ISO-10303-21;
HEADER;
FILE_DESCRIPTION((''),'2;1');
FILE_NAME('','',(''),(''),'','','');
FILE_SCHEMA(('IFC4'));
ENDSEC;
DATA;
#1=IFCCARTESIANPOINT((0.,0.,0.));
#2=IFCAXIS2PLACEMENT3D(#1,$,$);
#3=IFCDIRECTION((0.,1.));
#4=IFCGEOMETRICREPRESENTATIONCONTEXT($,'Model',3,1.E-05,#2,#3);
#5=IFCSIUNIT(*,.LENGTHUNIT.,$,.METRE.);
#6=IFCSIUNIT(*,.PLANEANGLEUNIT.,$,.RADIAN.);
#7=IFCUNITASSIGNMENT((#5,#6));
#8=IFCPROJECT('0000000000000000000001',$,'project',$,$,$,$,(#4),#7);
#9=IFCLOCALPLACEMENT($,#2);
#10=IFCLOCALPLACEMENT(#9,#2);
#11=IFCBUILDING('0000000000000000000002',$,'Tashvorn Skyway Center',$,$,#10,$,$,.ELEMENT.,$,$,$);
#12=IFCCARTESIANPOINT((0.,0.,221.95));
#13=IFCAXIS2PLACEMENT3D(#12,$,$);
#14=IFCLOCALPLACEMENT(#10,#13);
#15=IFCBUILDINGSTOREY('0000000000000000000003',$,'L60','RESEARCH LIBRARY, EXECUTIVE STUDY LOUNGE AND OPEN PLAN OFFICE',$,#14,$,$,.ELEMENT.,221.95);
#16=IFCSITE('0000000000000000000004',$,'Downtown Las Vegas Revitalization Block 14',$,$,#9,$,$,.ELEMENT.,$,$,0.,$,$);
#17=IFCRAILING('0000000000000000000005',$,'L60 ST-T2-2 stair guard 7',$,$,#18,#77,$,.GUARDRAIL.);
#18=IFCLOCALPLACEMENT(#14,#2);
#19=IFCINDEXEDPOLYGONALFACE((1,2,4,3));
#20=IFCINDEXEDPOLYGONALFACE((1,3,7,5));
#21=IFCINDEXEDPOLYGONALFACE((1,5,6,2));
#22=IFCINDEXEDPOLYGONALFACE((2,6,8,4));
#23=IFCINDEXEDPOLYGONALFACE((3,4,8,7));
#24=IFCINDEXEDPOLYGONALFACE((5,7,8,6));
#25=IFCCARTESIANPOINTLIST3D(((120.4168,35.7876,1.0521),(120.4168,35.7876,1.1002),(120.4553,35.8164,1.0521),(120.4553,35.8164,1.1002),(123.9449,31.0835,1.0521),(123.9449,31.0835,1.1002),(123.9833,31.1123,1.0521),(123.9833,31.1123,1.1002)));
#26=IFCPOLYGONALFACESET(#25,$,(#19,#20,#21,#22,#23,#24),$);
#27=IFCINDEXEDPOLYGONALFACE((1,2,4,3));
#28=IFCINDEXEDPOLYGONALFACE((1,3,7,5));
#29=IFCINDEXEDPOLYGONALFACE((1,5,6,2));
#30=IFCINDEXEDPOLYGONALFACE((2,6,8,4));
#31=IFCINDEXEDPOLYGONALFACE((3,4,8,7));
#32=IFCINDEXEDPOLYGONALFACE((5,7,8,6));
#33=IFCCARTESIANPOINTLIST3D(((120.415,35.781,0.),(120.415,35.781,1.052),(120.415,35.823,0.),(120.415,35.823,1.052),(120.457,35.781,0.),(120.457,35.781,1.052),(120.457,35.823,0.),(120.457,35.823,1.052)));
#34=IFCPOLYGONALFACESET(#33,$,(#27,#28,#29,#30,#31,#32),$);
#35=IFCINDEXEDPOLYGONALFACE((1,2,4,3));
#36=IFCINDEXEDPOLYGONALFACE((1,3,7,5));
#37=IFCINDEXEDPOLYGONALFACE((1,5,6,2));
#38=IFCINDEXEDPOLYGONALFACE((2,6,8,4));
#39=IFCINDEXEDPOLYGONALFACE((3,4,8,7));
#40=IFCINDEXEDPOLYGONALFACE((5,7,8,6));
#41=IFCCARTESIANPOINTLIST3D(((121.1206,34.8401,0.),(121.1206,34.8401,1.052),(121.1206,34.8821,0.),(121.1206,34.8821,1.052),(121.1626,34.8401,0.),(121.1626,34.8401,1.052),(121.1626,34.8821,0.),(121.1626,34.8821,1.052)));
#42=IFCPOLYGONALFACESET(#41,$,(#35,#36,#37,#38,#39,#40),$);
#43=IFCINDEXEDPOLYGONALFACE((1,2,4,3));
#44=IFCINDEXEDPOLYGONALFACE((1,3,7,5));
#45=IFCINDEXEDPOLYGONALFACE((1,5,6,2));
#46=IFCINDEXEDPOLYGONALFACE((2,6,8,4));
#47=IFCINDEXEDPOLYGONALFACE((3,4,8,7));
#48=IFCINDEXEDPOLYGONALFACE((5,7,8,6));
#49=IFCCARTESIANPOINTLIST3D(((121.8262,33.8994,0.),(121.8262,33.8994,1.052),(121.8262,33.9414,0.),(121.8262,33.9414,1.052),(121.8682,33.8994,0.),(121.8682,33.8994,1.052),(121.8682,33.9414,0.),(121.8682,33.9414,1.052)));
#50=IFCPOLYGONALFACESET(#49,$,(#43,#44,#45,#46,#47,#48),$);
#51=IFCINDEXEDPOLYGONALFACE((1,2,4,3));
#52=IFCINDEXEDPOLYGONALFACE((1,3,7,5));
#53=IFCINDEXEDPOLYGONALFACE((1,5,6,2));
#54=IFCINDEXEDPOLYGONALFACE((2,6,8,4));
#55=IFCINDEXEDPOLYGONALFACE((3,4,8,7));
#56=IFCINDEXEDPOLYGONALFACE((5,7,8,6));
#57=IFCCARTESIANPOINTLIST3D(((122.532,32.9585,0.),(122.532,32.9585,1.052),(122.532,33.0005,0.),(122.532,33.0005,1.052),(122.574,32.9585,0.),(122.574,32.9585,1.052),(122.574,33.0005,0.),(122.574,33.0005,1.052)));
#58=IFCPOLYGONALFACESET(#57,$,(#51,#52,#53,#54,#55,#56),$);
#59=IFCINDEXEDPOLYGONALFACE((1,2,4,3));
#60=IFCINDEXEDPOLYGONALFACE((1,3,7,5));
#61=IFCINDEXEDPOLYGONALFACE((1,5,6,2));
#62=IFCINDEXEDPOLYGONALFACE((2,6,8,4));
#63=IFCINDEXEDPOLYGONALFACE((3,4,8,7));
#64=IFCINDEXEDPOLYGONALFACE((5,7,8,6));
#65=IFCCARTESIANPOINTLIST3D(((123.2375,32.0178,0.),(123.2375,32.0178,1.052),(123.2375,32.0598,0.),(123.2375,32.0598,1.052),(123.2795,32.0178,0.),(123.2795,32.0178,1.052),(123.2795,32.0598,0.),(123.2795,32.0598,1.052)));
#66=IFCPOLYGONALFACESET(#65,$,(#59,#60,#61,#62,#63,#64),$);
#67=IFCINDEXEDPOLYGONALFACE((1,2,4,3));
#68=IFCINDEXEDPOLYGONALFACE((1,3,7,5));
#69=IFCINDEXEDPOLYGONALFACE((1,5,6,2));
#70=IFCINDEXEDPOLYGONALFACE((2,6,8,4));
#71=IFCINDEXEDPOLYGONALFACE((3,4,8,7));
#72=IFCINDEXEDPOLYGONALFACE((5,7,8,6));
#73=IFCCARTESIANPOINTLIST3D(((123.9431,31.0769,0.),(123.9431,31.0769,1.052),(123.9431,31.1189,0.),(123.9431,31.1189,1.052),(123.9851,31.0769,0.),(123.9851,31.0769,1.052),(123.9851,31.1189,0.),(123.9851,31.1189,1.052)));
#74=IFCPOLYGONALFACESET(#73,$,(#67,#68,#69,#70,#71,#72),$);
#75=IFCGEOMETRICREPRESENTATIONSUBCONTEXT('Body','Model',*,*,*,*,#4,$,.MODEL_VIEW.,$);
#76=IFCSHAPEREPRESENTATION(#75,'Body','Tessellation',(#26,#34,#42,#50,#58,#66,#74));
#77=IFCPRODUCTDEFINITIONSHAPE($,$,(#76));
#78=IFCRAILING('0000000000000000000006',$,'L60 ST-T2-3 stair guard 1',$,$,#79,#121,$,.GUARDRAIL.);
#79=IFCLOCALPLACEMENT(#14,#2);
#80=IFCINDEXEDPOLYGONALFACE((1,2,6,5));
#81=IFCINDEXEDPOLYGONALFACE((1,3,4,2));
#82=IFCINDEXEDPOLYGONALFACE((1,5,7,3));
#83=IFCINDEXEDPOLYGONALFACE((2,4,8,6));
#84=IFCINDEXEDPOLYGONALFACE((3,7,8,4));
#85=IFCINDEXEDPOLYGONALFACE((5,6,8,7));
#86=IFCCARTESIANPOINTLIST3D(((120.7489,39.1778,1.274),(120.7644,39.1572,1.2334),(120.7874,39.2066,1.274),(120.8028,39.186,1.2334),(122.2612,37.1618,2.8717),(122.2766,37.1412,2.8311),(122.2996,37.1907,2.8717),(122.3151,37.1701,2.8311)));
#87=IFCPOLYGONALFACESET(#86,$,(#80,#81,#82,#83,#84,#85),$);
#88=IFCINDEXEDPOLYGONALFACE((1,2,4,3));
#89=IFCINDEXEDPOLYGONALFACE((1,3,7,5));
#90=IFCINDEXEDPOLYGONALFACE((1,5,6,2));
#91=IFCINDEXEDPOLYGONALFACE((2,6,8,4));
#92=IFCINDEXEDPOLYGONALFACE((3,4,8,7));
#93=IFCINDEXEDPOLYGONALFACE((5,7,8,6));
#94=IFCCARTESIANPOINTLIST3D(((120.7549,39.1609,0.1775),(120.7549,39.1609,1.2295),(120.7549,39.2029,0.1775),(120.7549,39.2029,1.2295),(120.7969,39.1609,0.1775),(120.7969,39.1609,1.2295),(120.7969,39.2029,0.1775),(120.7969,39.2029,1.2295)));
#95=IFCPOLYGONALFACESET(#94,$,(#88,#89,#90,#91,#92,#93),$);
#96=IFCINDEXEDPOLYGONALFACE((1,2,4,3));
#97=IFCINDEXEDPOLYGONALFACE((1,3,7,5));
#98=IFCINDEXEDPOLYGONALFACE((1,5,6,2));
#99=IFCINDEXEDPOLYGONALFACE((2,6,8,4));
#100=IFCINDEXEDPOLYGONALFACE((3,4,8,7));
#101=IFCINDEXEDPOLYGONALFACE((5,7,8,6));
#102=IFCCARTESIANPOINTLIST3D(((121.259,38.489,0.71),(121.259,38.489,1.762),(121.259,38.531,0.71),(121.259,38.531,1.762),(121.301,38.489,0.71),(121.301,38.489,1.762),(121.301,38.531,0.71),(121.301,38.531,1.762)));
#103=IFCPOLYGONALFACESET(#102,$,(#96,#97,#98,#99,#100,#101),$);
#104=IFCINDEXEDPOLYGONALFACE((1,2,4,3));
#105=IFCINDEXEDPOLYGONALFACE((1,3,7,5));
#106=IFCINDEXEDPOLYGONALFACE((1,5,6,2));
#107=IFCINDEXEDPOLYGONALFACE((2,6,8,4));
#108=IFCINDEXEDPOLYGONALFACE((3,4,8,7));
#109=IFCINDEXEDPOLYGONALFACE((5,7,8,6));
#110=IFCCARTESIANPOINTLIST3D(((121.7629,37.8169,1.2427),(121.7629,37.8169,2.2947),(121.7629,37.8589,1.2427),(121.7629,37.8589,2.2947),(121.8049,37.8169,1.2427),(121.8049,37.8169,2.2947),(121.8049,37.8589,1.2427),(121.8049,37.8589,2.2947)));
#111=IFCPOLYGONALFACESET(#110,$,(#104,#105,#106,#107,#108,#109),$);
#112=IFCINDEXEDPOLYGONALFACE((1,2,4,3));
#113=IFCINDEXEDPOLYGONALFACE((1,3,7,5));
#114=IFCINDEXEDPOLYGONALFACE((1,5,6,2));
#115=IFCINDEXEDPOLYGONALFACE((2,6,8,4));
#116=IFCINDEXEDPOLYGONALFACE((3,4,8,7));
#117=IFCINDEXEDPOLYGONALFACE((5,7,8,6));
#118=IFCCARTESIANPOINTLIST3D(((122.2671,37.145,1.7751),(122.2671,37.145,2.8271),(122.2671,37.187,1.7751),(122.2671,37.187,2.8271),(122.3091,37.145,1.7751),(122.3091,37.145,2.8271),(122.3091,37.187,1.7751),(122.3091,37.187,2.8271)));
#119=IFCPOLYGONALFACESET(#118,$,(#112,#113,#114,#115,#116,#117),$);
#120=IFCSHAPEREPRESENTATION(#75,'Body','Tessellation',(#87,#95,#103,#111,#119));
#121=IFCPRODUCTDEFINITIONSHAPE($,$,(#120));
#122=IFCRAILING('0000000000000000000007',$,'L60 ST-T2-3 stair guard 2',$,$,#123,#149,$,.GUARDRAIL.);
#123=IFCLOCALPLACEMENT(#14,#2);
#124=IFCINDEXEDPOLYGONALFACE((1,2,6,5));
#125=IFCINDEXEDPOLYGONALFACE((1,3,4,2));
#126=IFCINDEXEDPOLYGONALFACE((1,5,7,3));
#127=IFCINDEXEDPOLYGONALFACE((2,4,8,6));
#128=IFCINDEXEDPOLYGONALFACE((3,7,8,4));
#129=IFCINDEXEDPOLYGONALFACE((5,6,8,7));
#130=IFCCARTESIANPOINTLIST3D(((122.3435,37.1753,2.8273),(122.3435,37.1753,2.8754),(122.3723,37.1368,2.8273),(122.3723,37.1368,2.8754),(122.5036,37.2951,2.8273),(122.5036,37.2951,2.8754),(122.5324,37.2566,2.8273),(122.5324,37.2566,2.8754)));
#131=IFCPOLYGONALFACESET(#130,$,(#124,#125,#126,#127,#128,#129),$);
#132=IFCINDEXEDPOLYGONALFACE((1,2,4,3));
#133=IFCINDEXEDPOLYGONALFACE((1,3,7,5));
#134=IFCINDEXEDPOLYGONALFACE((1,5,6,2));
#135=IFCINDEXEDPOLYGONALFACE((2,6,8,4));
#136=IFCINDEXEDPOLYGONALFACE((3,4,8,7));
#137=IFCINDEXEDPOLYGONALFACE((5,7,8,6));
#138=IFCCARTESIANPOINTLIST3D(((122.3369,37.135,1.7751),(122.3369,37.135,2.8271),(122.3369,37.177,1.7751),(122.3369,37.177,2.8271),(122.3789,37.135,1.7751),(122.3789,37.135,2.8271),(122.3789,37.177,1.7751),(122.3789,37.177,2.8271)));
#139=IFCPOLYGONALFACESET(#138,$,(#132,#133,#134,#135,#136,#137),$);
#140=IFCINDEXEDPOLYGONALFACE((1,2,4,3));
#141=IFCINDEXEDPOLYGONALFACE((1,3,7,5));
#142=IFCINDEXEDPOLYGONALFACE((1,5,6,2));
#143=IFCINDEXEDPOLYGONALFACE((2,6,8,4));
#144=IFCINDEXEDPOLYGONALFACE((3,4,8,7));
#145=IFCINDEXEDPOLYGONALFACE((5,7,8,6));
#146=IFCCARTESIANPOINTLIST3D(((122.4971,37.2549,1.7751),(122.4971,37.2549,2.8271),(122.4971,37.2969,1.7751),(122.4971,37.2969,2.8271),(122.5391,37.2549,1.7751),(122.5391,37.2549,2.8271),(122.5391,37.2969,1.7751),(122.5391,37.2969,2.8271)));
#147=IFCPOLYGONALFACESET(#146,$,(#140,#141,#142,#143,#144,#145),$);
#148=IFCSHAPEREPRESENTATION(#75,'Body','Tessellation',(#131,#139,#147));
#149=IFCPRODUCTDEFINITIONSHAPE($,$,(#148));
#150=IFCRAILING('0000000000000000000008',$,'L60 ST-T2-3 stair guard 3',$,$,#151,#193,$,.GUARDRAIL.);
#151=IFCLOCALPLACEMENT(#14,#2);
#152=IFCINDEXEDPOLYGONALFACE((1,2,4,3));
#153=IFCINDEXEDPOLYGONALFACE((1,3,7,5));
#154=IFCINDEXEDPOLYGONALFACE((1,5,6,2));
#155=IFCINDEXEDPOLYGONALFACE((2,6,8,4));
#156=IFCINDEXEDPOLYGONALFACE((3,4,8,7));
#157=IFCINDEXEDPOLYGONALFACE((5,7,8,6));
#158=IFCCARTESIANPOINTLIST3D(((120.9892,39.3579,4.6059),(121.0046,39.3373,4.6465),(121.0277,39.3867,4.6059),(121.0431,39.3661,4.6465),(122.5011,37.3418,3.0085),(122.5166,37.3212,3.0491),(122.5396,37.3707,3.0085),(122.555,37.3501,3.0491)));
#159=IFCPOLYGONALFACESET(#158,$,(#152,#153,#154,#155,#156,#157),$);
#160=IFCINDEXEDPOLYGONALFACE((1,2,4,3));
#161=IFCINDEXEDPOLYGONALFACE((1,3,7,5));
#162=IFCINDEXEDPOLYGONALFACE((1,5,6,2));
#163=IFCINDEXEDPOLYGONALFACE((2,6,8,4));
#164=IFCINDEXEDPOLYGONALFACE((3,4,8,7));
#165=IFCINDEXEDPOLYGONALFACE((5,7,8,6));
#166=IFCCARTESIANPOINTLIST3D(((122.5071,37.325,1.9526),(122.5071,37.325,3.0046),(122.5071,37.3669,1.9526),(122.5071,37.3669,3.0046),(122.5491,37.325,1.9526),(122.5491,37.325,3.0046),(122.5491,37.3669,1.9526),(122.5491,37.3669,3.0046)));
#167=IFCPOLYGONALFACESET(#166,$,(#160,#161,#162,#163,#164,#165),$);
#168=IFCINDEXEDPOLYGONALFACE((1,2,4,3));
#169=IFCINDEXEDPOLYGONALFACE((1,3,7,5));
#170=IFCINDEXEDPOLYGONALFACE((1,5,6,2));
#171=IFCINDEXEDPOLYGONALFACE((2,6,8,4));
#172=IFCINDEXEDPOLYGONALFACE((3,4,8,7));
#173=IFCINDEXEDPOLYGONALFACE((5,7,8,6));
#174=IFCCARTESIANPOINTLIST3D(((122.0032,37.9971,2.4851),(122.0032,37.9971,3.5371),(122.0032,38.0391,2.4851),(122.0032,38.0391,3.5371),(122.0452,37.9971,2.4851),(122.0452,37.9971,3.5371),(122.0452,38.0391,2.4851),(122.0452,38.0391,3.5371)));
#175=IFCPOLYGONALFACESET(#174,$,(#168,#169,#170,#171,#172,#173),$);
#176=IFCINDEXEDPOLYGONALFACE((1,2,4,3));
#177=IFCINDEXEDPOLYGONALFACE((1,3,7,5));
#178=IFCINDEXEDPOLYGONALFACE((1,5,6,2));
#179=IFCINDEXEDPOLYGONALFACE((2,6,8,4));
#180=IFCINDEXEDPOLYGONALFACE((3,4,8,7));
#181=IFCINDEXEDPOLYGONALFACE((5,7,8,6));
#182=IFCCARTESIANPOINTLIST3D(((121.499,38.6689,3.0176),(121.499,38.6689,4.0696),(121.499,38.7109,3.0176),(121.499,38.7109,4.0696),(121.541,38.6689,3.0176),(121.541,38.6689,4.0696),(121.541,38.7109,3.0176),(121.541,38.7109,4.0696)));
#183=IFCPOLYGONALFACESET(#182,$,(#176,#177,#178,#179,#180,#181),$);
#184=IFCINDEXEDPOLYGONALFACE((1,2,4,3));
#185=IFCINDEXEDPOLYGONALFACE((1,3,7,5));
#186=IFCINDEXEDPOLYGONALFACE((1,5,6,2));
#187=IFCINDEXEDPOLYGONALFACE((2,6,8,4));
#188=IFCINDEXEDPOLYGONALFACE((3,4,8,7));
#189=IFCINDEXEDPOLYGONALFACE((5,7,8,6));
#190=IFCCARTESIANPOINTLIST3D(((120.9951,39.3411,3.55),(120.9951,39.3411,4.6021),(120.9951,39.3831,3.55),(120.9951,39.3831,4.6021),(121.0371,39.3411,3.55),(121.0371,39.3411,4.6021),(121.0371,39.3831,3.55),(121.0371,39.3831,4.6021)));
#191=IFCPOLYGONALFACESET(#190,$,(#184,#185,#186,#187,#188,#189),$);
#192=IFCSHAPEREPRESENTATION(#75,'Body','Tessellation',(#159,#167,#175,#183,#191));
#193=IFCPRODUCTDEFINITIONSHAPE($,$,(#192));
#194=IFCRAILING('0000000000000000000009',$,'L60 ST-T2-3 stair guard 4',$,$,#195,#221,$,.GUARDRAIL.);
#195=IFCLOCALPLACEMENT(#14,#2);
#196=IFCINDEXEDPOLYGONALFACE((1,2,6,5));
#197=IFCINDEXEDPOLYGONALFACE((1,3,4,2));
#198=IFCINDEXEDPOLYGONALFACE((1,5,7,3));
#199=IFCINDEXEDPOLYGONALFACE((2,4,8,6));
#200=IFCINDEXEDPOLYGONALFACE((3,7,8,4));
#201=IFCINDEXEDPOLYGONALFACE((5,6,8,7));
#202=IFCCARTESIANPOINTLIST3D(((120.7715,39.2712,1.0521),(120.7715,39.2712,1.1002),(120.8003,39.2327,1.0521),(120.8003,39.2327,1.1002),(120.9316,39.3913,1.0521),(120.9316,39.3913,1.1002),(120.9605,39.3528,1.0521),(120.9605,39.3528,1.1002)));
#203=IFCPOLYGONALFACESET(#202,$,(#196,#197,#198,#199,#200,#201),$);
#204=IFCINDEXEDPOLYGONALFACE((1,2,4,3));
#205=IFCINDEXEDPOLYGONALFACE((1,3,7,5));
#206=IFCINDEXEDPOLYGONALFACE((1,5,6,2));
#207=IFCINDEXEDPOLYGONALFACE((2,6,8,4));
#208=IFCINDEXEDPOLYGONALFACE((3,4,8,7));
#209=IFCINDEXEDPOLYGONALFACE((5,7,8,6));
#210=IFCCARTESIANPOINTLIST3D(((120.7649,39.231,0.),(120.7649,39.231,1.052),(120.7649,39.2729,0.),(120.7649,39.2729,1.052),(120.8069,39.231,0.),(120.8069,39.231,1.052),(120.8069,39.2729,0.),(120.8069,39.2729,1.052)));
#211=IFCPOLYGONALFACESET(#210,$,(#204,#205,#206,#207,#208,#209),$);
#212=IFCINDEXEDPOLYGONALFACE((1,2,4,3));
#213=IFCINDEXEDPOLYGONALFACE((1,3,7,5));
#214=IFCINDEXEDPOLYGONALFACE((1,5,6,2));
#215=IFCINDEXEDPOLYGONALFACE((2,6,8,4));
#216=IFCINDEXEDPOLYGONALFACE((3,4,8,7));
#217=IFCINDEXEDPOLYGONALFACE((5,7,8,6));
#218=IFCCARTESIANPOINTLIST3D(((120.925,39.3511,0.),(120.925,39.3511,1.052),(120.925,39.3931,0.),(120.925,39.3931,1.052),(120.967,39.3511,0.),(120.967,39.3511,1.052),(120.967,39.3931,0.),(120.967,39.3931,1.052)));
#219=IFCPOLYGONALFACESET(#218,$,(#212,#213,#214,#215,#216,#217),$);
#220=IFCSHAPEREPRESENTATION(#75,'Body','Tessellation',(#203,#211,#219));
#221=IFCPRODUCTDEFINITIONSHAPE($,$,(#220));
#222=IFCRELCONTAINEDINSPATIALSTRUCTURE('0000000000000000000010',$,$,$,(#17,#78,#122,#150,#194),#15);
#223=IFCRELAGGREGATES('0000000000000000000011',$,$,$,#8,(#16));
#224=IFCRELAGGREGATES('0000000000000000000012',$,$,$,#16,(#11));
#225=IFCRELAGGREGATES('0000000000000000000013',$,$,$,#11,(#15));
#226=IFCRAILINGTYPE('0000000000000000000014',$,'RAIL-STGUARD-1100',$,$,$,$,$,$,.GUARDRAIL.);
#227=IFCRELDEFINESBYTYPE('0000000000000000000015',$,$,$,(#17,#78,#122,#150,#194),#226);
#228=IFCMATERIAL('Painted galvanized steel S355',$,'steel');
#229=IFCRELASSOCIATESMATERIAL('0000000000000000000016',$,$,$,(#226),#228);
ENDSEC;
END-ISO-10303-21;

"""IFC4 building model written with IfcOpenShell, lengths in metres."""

from ifc_helpers import new_model, si_unit, direction, frame, origin, origin_2d, place, context, subcontext, project, spatial, rectangle, extrude, material, type_object, element, save


model = new_model("IFC4")

# Units and contexts
model_context = context("Model", 3, precision=1e-05, world=origin(), true_north=direction((0.0, 1.0)))
body_context = subcontext(model_context, "Body", "Model", "MODEL_VIEW")
ifc_project = project(units=[si_unit("LENGTHUNIT", "METRE"), si_unit("PLANEANGLEUNIT", "RADIAN")], contexts=[model_context])

# Site, building, storey
site_placement = place(None, origin())
site = spatial("IfcSite", under=ifc_project, at=site_placement, Name="Downtown Las Vegas Revitalization Block 14", CompositionType="ELEMENT", RefElevation=0.0)
building_placement = place(site_placement, origin())
building = spatial("IfcBuilding", under=site, at=building_placement, Name="Tashvorn Skyway Center", CompositionType="ELEMENT")
storey_placement = place(building_placement, frame((0.0, 0.0, 221.95)))
storey = spatial("IfcBuildingStorey", under=building, at=storey_placement, Name="L60", Description="RESEARCH LIBRARY, EXECUTIVE STUDY LOUNGE AND OPEN PLAN OFFICE", CompositionType="ELEMENT", Elevation=221.95)

# Railings
ifc_material_1 = material(Name="Painted galvanized steel S355", Category="steel")
railing_type_1 = type_object("IfcRailingType", Name="RAIL-STGUARD-1100", PredefinedType="GUARDRAIL", material=ifc_material_1)
railing_1_placement = place(storey_placement, frame((120.436, 35.802, 0.0)))
element("IfcRailing", 1, at=railing_1_placement, inside=storey, type_object=railing_type_1, Name="L60 ST-T2-2 stair guard 7", PredefinedType="GUARDRAIL", context=body_context, shape_type="SweptSolid", body=[
    extrude(rectangle(XDim=0.0481, YDim=0.0481, at=origin_2d()), frame((0.0, 0.0, 1.0762), z_axis=(0.6, -0.8, 0.0), x_axis=(0.8, 0.6, 0.0)), (0.0, 0.0, 1.0), 5.8801),
    extrude(rectangle(XDim=0.042, YDim=0.042, at=origin_2d()), origin(), (0.0, 0.0, 1.0), 1.052),
    extrude(rectangle(XDim=0.042, YDim=0.042, at=origin_2d()), frame((0.7056, -0.9409, 0.0)), (0.0, 0.0, 1.0), 1.052),
    extrude(rectangle(XDim=0.042, YDim=0.042, at=origin_2d()), frame((1.4111, -1.8816, 0.0)), (0.0, 0.0, 1.0), 1.052),
    extrude(rectangle(XDim=0.042, YDim=0.042, at=origin_2d()), frame((2.1169, -2.8225, 0.0)), (0.0, 0.0, 1.0), 1.052),
    extrude(rectangle(XDim=0.042, YDim=0.042, at=origin_2d()), frame((2.8225, -3.7632, 0.0)), (0.0, 0.0, 1.0), 1.052),
    extrude(rectangle(XDim=0.042, YDim=0.042, at=origin_2d()), frame((3.5281, -4.7041, 0.0)), (0.0, 0.0, 1.0), 1.052),
])
railing_2_placement = place(storey_placement, frame((120.7759, 39.1819, 0.1775)))
element("IfcRailing", 2, at=railing_2_placement, inside=storey, type_object=railing_type_1, Name="L60 ST-T2-3 stair guard 1", PredefinedType="GUARDRAIL", context=body_context, shape_type="SweptSolid", body=[
    extrude(rectangle(XDim=0.0481, YDim=0.0481, at=origin_2d()), frame((0.0, 0.0, 1.0762), z_axis=(0.506807, -0.675607, 0.535445), x_axis=(0.799942, 0.600078, 0.0)), (0.0, 0.0, 1.0), 2.9839),
    extrude(rectangle(XDim=0.042, YDim=0.042, at=origin_2d()), origin(), (0.0, 0.0, 1.0), 1.052),
    extrude(rectangle(XDim=0.042, YDim=0.042, at=origin_2d()), frame((0.5042, -0.6719, 0.5325)), (0.0, 0.0, 1.0), 1.052),
    extrude(rectangle(XDim=0.042, YDim=0.042, at=origin_2d()), frame((1.0081, -1.344, 1.0652)), (0.0, 0.0, 1.0), 1.052),
    extrude(rectangle(XDim=0.042, YDim=0.042, at=origin_2d()), frame((1.5122, -2.0159, 1.5977)), (0.0, 0.0, 1.0), 1.052),
])
railing_3_placement = place(storey_placement, frame((122.3579, 37.156, 1.7751)))
element("IfcRailing", 3, at=railing_3_placement, inside=storey, type_object=railing_type_1, Name="L60 ST-T2-3 stair guard 2", PredefinedType="GUARDRAIL", context=body_context, shape_type="SweptSolid", body=[
    extrude(rectangle(XDim=0.0481, YDim=0.0481, at=origin_2d()), frame((0.0, 0.0, 1.0762), z_axis=(0.800585, 0.599219, 0.0), x_axis=(-0.599219, 0.800585, 0.0)), (0.0, 0.0, 1.0), 0.2),
    extrude(rectangle(XDim=0.042, YDim=0.042, at=origin_2d()), origin(), (0.0, 0.0, 1.0), 1.052),
    extrude(rectangle(XDim=0.042, YDim=0.042, at=origin_2d()), frame((0.1602, 0.1199, 0.0)), (0.0, 0.0, 1.0), 1.052),
])
railing_4_placement = place(storey_placement, frame((122.5281, 37.3459, 1.9526)))
element("IfcRailing", 4, at=railing_4_placement, inside=storey, type_object=railing_type_1, Name="L60 ST-T2-3 stair guard 3", PredefinedType="GUARDRAIL", context=body_context, shape_type="SweptSolid", body=[
    extrude(rectangle(XDim=0.0481, YDim=0.0481, at=origin_2d()), frame((0.0, 0.0, 1.0762), z_axis=(-0.506741, 0.675709, 0.535379), x_axis=(-0.800023, -0.599969, 0.0)), (0.0, 0.0, 1.0), 2.9836),
    extrude(rectangle(XDim=0.042, YDim=0.042, at=origin_2d()), origin(), (0.0, 0.0, 1.0), 1.052),
    extrude(rectangle(XDim=0.042, YDim=0.042, at=origin_2d()), frame((-0.5039, 0.6721, 0.5325)), (0.0, 0.0, 1.0), 1.052),
    extrude(rectangle(XDim=0.042, YDim=0.042, at=origin_2d()), frame((-1.0081, 1.344, 1.0649)), (0.0, 0.0, 1.0), 1.052),
    extrude(rectangle(XDim=0.042, YDim=0.042, at=origin_2d()), frame((-1.512, 2.0161, 1.5974)), (0.0, 0.0, 1.0), 1.052),
])
railing_5_placement = place(storey_placement, frame((120.7859, 39.252, 0.0)))
element("IfcRailing", 5, at=railing_5_placement, inside=storey, type_object=railing_type_1, Name="L60 ST-T2-3 stair guard 4", PredefinedType="GUARDRAIL", context=body_context, shape_type="SweptSolid", body=[
    extrude(rectangle(XDim=0.0481, YDim=0.0481, at=origin_2d()), frame((0.0, 0.0, 1.0762), z_axis=(0.8, 0.6, 0.0), x_axis=(-0.6, 0.8, 0.0)), (0.0, 0.0, 1.0), 0.2002),
    extrude(rectangle(XDim=0.042, YDim=0.042, at=origin_2d()), origin(), (0.0, 0.0, 1.0), 1.052),
    extrude(rectangle(XDim=0.042, YDim=0.042, at=origin_2d()), frame((0.1602, 0.1201, 0.0)), (0.0, 0.0, 1.0), 1.052),
])

save(model, "model.ifc")
